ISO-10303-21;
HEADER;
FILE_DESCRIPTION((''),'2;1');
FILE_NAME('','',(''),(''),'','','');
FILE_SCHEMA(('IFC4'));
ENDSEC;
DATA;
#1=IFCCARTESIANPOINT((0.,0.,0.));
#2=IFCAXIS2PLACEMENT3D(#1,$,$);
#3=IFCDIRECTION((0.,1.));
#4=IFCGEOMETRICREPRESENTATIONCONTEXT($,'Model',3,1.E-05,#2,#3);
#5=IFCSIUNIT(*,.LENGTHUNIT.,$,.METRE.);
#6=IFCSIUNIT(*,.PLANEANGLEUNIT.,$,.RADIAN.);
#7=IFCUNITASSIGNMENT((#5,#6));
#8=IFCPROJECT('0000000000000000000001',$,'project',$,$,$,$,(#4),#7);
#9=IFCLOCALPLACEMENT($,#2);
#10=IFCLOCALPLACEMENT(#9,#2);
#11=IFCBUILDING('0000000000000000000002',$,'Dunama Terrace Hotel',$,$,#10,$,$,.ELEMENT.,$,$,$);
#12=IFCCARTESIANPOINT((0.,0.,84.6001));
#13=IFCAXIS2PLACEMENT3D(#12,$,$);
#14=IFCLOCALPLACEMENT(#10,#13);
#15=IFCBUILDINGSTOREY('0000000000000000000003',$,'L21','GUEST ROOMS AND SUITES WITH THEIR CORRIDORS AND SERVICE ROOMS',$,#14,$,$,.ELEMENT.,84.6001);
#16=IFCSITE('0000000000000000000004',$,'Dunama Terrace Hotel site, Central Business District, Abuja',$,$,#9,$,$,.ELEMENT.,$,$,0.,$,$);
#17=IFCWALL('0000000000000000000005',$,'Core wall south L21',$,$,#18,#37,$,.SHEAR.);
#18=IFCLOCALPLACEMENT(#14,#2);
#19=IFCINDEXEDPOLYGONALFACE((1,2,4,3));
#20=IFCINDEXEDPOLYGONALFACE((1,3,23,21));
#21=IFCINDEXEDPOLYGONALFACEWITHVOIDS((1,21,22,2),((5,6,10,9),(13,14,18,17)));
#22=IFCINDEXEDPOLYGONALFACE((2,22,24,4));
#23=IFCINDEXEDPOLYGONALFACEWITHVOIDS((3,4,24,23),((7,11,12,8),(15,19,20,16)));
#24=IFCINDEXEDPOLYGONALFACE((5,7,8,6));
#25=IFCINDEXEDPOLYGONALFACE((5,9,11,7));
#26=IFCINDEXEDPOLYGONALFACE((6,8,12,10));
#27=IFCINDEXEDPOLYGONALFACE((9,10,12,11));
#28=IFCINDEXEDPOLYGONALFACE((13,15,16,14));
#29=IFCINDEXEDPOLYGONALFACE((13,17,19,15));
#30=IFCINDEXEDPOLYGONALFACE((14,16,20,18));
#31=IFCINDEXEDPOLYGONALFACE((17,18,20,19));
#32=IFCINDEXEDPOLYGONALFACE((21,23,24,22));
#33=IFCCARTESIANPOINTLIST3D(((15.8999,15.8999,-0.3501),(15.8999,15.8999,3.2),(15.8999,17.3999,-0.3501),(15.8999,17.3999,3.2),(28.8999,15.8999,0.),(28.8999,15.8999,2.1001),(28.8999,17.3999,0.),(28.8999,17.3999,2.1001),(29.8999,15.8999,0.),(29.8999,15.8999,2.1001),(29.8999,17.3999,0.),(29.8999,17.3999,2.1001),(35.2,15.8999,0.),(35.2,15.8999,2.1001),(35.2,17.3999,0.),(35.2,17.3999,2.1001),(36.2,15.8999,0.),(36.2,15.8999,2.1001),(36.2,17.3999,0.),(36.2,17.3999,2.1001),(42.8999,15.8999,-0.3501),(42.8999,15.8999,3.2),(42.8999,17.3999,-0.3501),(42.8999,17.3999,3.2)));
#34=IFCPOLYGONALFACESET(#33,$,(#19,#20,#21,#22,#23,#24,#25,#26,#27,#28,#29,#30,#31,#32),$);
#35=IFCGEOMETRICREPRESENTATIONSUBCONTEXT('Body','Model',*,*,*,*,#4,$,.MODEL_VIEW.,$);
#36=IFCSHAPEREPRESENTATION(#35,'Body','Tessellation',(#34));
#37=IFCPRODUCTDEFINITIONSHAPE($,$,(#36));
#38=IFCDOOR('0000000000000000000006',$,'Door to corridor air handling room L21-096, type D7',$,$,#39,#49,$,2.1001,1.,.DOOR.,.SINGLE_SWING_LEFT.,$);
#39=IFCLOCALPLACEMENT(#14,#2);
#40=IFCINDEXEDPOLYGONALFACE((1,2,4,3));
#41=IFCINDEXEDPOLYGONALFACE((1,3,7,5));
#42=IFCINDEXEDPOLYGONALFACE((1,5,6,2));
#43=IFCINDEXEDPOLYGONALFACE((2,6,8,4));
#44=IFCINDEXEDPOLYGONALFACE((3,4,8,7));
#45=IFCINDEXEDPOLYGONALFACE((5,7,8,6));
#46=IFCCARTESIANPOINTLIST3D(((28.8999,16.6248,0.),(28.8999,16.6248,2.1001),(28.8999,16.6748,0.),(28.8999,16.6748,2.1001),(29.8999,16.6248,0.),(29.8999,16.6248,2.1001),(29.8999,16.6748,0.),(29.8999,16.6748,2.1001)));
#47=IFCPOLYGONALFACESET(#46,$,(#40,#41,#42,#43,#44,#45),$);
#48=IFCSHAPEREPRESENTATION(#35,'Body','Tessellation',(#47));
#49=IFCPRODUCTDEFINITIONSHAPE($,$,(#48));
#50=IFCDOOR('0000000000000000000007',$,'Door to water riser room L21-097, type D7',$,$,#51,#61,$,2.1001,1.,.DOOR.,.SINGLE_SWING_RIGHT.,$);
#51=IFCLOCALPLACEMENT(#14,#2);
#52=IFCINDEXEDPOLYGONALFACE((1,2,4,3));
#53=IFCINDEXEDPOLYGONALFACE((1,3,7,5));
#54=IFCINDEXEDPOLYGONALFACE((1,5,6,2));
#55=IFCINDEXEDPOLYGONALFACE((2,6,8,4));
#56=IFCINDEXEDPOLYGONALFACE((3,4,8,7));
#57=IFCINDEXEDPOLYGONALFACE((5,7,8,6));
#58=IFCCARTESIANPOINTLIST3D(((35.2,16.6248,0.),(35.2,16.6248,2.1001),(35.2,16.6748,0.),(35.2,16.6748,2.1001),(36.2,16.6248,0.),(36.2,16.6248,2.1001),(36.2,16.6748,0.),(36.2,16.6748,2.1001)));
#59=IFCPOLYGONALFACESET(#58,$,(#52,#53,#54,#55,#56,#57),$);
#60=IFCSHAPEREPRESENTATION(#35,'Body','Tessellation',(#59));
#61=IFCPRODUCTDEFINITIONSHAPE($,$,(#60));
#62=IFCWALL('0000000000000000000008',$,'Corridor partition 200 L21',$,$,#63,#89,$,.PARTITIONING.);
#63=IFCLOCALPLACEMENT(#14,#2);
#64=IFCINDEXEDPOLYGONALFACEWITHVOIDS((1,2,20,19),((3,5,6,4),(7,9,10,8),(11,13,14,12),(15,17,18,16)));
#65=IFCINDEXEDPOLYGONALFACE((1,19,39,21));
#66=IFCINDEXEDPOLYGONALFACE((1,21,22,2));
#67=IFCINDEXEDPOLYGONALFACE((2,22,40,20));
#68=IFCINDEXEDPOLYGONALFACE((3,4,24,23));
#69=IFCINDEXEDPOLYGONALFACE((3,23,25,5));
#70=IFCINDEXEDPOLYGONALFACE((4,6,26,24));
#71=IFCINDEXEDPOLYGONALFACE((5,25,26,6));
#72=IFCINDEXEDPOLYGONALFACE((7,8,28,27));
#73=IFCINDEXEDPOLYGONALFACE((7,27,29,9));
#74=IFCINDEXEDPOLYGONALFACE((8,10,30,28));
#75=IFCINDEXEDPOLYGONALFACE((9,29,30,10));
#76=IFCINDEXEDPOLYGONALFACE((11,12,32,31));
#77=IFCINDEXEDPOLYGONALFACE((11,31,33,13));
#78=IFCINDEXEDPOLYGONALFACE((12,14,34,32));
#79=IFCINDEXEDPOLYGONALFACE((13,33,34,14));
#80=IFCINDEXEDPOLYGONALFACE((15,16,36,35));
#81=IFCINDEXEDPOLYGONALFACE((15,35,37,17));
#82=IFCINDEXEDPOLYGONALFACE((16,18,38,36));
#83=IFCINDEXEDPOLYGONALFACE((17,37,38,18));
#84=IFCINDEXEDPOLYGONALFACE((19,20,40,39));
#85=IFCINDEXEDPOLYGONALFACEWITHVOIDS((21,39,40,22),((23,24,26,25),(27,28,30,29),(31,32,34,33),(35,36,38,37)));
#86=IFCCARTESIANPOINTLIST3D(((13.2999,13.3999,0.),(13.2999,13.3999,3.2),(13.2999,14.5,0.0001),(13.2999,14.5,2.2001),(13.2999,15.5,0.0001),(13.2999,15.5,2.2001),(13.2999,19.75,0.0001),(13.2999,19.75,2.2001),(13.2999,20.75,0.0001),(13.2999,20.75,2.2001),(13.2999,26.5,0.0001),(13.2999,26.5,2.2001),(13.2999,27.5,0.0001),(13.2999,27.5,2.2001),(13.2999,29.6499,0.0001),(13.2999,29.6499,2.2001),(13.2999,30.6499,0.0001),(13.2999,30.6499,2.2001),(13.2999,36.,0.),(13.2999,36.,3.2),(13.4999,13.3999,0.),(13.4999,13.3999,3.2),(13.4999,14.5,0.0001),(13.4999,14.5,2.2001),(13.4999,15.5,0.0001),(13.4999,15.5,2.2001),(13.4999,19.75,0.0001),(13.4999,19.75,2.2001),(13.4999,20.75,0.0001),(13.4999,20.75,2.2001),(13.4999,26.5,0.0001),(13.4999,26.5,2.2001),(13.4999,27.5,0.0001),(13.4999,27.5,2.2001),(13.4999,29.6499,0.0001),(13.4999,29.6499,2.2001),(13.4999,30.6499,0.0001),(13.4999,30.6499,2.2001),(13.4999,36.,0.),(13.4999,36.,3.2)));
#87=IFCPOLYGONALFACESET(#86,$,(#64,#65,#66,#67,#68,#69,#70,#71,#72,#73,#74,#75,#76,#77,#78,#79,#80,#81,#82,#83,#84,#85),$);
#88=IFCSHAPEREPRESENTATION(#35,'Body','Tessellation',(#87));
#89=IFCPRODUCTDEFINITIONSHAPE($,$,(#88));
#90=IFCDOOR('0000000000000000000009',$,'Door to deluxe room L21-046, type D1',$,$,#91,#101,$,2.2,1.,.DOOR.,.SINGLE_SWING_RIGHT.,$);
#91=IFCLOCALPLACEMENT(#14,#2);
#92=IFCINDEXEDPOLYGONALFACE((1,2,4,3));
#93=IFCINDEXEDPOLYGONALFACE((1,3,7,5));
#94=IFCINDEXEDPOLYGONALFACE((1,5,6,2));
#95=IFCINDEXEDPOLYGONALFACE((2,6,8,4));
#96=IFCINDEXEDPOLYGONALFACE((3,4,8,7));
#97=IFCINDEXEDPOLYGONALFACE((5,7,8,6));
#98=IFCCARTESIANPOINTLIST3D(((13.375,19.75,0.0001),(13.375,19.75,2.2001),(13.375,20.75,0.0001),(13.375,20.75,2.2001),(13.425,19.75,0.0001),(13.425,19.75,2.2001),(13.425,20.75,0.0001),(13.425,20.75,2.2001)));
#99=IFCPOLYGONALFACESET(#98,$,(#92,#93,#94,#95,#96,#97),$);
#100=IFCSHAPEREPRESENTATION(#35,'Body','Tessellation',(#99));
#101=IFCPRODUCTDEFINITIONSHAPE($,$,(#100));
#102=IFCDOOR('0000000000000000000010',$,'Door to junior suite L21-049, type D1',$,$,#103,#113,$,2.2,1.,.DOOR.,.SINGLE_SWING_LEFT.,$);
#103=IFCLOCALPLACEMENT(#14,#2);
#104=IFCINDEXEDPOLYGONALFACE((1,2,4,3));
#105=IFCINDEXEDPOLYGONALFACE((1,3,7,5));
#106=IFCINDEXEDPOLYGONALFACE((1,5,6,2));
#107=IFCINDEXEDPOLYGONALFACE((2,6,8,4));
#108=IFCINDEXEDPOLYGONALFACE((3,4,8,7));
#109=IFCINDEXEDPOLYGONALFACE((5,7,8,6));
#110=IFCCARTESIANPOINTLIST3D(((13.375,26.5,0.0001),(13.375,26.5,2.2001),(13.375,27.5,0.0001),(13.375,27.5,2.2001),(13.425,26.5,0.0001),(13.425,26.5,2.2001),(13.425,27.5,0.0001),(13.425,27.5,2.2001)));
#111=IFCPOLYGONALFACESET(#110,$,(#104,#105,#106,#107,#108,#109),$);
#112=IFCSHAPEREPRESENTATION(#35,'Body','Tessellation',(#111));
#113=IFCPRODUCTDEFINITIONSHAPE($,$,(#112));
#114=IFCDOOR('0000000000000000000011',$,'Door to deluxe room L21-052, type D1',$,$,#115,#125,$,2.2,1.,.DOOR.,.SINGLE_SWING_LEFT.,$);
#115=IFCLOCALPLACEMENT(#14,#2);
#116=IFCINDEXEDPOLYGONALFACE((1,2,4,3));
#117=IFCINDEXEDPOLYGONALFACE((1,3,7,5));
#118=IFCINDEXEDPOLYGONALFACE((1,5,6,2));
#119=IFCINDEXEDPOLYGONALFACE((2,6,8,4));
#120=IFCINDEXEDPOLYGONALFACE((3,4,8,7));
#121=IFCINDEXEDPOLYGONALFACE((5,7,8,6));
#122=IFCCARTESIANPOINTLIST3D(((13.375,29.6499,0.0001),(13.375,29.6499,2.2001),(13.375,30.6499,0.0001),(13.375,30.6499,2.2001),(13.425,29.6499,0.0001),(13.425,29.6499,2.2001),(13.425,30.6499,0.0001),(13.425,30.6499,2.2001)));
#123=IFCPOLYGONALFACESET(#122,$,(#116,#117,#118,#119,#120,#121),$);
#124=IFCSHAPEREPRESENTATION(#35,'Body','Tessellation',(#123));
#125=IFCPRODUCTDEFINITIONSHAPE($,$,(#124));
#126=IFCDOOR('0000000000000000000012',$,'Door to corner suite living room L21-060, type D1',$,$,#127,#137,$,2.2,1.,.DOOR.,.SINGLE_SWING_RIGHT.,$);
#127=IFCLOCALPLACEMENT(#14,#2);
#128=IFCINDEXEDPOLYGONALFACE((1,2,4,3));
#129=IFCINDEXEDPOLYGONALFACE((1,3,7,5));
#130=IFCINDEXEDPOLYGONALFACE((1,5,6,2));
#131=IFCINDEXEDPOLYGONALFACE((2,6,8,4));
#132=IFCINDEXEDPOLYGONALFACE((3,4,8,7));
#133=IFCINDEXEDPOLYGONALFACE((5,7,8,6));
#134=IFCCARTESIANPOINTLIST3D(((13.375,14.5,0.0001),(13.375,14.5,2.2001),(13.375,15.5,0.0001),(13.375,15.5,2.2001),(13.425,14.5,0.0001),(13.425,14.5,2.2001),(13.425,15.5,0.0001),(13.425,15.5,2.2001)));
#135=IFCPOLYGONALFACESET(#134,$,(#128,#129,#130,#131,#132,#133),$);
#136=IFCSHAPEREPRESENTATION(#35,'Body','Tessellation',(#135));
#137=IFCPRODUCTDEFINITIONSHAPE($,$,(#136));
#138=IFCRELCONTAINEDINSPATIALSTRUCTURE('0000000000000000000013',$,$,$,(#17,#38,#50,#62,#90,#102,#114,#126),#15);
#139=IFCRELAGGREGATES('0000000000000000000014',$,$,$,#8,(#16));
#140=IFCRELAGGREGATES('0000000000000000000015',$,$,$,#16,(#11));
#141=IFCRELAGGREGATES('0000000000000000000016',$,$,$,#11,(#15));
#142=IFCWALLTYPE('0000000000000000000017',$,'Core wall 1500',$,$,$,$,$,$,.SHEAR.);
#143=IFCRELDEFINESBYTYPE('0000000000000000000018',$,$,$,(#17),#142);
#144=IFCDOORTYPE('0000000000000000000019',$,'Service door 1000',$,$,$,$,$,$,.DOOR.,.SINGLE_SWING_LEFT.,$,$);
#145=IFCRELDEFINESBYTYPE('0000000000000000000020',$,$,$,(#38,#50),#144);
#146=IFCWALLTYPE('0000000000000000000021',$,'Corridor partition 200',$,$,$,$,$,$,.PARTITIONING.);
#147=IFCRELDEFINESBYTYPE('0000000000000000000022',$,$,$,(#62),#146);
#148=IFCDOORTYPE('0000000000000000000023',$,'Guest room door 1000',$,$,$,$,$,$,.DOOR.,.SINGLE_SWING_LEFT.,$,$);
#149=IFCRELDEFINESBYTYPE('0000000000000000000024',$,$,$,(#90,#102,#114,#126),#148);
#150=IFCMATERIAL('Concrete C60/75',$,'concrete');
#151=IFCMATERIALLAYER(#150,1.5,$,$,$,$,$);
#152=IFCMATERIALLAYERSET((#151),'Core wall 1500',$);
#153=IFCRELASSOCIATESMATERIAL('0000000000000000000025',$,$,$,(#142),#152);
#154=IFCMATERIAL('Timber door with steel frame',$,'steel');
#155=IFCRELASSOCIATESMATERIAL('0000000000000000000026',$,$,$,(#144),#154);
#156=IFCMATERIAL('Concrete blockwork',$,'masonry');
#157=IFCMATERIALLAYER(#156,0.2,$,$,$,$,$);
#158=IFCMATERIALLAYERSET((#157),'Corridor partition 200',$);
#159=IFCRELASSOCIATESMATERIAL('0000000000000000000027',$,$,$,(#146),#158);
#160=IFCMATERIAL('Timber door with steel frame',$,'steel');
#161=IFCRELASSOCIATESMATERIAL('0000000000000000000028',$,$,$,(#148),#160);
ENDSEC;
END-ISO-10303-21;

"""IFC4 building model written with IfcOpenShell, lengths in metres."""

from ifc_helpers import new_model, si_unit, direction, frame, frame_2d, origin, place, context, subcontext, project, spatial, rectangle, extrude, material, layer, layer_set, type_object, element, fill, save


model = new_model("IFC4")

# Units and contexts
model_context = context("Model", 3, precision=1e-05, world=origin(), true_north=direction((0.0, 1.0)))
body_context = subcontext(model_context, "Body", "Model", "MODEL_VIEW")
ifc_project = project(units=[si_unit("LENGTHUNIT", "METRE"), si_unit("PLANEANGLEUNIT", "RADIAN")], contexts=[model_context])

# Site, building, storey
site_placement = place(None, origin())
site = spatial("IfcSite", under=ifc_project, at=site_placement, Name="Dunama Terrace Hotel site, Central Business District, Abuja", CompositionType="ELEMENT", RefElevation=0.0)
building_placement = place(site_placement, origin())
building = spatial("IfcBuilding", under=site, at=building_placement, Name="Dunama Terrace Hotel", CompositionType="ELEMENT")
storey_placement = place(building_placement, frame((0.0, 0.0, 84.6001)))
storey = spatial("IfcBuildingStorey", under=building, at=storey_placement, Name="L21", Description="GUEST ROOMS AND SUITES WITH THEIR CORRIDORS AND SERVICE ROOMS", CompositionType="ELEMENT", Elevation=84.6001)

# Walls, openings, doors
ifc_material_1 = material(Name="Concrete C60/75", Category="concrete")
ifc_layer_1 = layer(ifc_material_1, 1.5)
ifc_layer_set_1 = layer_set([ifc_layer_1], Name="Core wall 1500")
wall_type_1 = type_object("IfcWallType", Name="Core wall 1500", PredefinedType="SHEAR", material=ifc_layer_set_1)
wall_1_placement = place(storey_placement, frame((15.8999, 16.6499, -0.3501), z_axis=(0.0, 0.0, 1.0), x_axis=(1.0, 0.0, 0.0)))
wall_1 = element("IfcWall", 1, at=wall_1_placement, inside=storey, type_object=wall_type_1, Name="Core wall south L21", PredefinedType="SHEAR", context=body_context, shape_type="SweptSolid", body=[
    extrude(rectangle(XDim=27.0, YDim=1.5, at=frame_2d((13.5, 0.0))), origin(), (0.0, 0.0, 1.0), 3.55),
])
opening_1_placement = place(wall_1_placement, frame((13.0, 0.0, 0.3501)))
opening_1 = element("IfcOpeningElement", 2, at=opening_1_placement, cuts=wall_1, PredefinedType="OPENING", context=body_context, shape_type="SweptSolid", body=[
    extrude(rectangle(XDim=1.0, YDim=2.1001, at=frame_2d((0.5, 1.05))), frame((0.0, 0.76, 0.0), z_axis=(0.0, -1.0, 0.0), x_axis=(1.0, 0.0, 0.0)), (0.0, 0.0, 1.0), 1.52),
])
opening_2_placement = place(wall_1_placement, frame((19.3, 0.0, 0.3501)))
opening_2 = element("IfcOpeningElement", 3, at=opening_2_placement, cuts=wall_1, PredefinedType="OPENING", context=body_context, shape_type="SweptSolid", body=[
    extrude(rectangle(XDim=1.0, YDim=2.1001, at=frame_2d((0.5, 1.05))), frame((0.0, 0.76, 0.0), z_axis=(0.0, -1.0, 0.0), x_axis=(1.0, 0.0, 0.0)), (0.0, 0.0, 1.0), 1.52),
])
ifc_material_2 = material(Name="Timber door with steel frame", Category="steel")
door_type_1 = type_object("IfcDoorType", Name="Service door 1000", OperationType="SINGLE_SWING_LEFT", PredefinedType="DOOR", material=ifc_material_2)
door_1_placement = place(opening_1_placement, origin())
door_1 = element("IfcDoor", 4, at=door_1_placement, inside=storey, type_object=door_type_1, Name="Door to corridor air handling room L21-096, type D7", OperationType="SINGLE_SWING_LEFT", OverallHeight=2.1001, OverallWidth=1.0, PredefinedType="DOOR", context=body_context, shape_type="SweptSolid", body=[
    extrude(rectangle(XDim=1.0, YDim=2.1001, at=frame_2d((0.5, 1.05))), frame((0.0, 0.0249, 0.0), z_axis=(0.0, -1.0, 0.0), x_axis=(1.0, 0.0, 0.0)), (0.0, 0.0, 1.0), 0.05),
])
fill(opening_1, door_1)
door_2_placement = place(opening_2_placement, origin())
door_2 = element("IfcDoor", 5, at=door_2_placement, inside=storey, type_object=door_type_1, Name="Door to water riser room L21-097, type D7", OperationType="SINGLE_SWING_RIGHT", OverallHeight=2.1001, OverallWidth=1.0, PredefinedType="DOOR", context=body_context, shape_type="SweptSolid", body=[
    extrude(rectangle(XDim=1.0, YDim=2.1001, at=frame_2d((0.5, 1.05))), frame((0.0, 0.0249, 0.0), z_axis=(0.0, -1.0, 0.0), x_axis=(1.0, 0.0, 0.0)), (0.0, 0.0, 1.0), 0.05),
])
fill(opening_2, door_2)
ifc_material_3 = material(Name="Concrete blockwork", Category="masonry")
ifc_layer_2 = layer(ifc_material_3, 0.2)
ifc_layer_set_2 = layer_set([ifc_layer_2], Name="Corridor partition 200")
wall_type_2 = type_object("IfcWallType", Name="Corridor partition 200", PredefinedType="PARTITIONING", material=ifc_layer_set_2)
wall_2_placement = place(storey_placement, frame((13.3999, 13.3999, 0.0), z_axis=(0.0, 0.0, 1.0), x_axis=(0.0, 1.0, 0.0)))
wall_2 = element("IfcWall", 6, at=wall_2_placement, inside=storey, type_object=wall_type_2, Name="Corridor partition 200 L21", PredefinedType="PARTITIONING", context=body_context, shape_type="SweptSolid", body=[
    extrude(rectangle(XDim=22.6001, YDim=0.2, at=frame_2d((11.3, 0.0))), origin(), (0.0, 0.0, 1.0), 3.2),
])
opening_3_placement = place(wall_2_placement, frame((6.3501, 0.0, 0.0)))
opening_3 = element("IfcOpeningElement", 7, at=opening_3_placement, cuts=wall_2, PredefinedType="OPENING", context=body_context, shape_type="SweptSolid", body=[
    extrude(rectangle(XDim=1.0, YDim=2.2, at=frame_2d((0.5, 1.1001))), frame((0.0, 0.1099, 0.0), z_axis=(0.0, -1.0, 0.0), x_axis=(1.0, 0.0, 0.0)), (0.0, 0.0, 1.0), 0.22),
])
opening_4_placement = place(wall_2_placement, frame((13.1001, 0.0, 0.0)))
opening_4 = element("IfcOpeningElement", 8, at=opening_4_placement, cuts=wall_2, PredefinedType="OPENING", context=body_context, shape_type="SweptSolid", body=[
    extrude(rectangle(XDim=1.0, YDim=2.2, at=frame_2d((0.5, 1.1001))), frame((0.0, 0.1099, 0.0), z_axis=(0.0, -1.0, 0.0), x_axis=(1.0, 0.0, 0.0)), (0.0, 0.0, 1.0), 0.22),
])
opening_5_placement = place(wall_2_placement, frame((16.25, 0.0, 0.0)))
opening_5 = element("IfcOpeningElement", 9, at=opening_5_placement, cuts=wall_2, PredefinedType="OPENING", context=body_context, shape_type="SweptSolid", body=[
    extrude(rectangle(XDim=1.0, YDim=2.2, at=frame_2d((0.5, 1.1001))), frame((0.0, 0.1099, 0.0), z_axis=(0.0, -1.0, 0.0), x_axis=(1.0, 0.0, 0.0)), (0.0, 0.0, 1.0), 0.22),
])
opening_6_placement = place(wall_2_placement, frame((1.1001, 0.0, 0.0)))
opening_6 = element("IfcOpeningElement", 10, at=opening_6_placement, cuts=wall_2, PredefinedType="OPENING", context=body_context, shape_type="SweptSolid", body=[
    extrude(rectangle(XDim=1.0, YDim=2.2, at=frame_2d((0.5, 1.1001))), frame((0.0, 0.1099, 0.0), z_axis=(0.0, -1.0, 0.0), x_axis=(1.0, 0.0, 0.0)), (0.0, 0.0, 1.0), 0.22),
])
ifc_material_4 = material(Name="Timber door with steel frame", Category="steel")
door_type_2 = type_object("IfcDoorType", Name="Guest room door 1000", OperationType="SINGLE_SWING_LEFT", PredefinedType="DOOR", material=ifc_material_4)
door_3_placement = place(opening_3_placement, origin())
door_3 = element("IfcDoor", 11, at=door_3_placement, inside=storey, type_object=door_type_2, Name="Door to deluxe room L21-046, type D1", OperationType="SINGLE_SWING_RIGHT", OverallHeight=2.2, OverallWidth=1.0, PredefinedType="DOOR", context=body_context, shape_type="SweptSolid", body=[
    extrude(rectangle(XDim=1.0, YDim=2.2, at=frame_2d((0.5, 1.1001))), frame((0.0, 0.0249, 0.0), z_axis=(0.0, -1.0, 0.0), x_axis=(1.0, 0.0, 0.0)), (0.0, 0.0, 1.0), 0.05),
])
fill(opening_3, door_3)
door_4_placement = place(opening_4_placement, origin())
door_4 = element("IfcDoor", 12, at=door_4_placement, inside=storey, type_object=door_type_2, Name="Door to junior suite L21-049, type D1", OperationType="SINGLE_SWING_LEFT", OverallHeight=2.2, OverallWidth=1.0, PredefinedType="DOOR", context=body_context, shape_type="SweptSolid", body=[
    extrude(rectangle(XDim=1.0, YDim=2.2, at=frame_2d((0.5, 1.1001))), frame((0.0, 0.0249, 0.0), z_axis=(0.0, -1.0, 0.0), x_axis=(1.0, 0.0, 0.0)), (0.0, 0.0, 1.0), 0.05),
])
fill(opening_4, door_4)
door_5_placement = place(opening_5_placement, origin())
door_5 = element("IfcDoor", 13, at=door_5_placement, inside=storey, type_object=door_type_2, Name="Door to deluxe room L21-052, type D1", OperationType="SINGLE_SWING_LEFT", OverallHeight=2.2, OverallWidth=1.0, PredefinedType="DOOR", context=body_context, shape_type="SweptSolid", body=[
    extrude(rectangle(XDim=1.0, YDim=2.2, at=frame_2d((0.5, 1.1001))), frame((0.0, 0.0249, 0.0), z_axis=(0.0, -1.0, 0.0), x_axis=(1.0, 0.0, 0.0)), (0.0, 0.0, 1.0), 0.05),
])
fill(opening_5, door_5)
door_6_placement = place(opening_6_placement, origin())
door_6 = element("IfcDoor", 14, at=door_6_placement, inside=storey, type_object=door_type_2, Name="Door to corner suite living room L21-060, type D1", OperationType="SINGLE_SWING_RIGHT", OverallHeight=2.2, OverallWidth=1.0, PredefinedType="DOOR", context=body_context, shape_type="SweptSolid", body=[
    extrude(rectangle(XDim=1.0, YDim=2.2, at=frame_2d((0.5, 1.1001))), frame((0.0, 0.0249, 0.0), z_axis=(0.0, -1.0, 0.0), x_axis=(1.0, 0.0, 0.0)), (0.0, 0.0, 1.0), 0.05),
])
fill(opening_6, door_6)

save(model, "model.ifc")
